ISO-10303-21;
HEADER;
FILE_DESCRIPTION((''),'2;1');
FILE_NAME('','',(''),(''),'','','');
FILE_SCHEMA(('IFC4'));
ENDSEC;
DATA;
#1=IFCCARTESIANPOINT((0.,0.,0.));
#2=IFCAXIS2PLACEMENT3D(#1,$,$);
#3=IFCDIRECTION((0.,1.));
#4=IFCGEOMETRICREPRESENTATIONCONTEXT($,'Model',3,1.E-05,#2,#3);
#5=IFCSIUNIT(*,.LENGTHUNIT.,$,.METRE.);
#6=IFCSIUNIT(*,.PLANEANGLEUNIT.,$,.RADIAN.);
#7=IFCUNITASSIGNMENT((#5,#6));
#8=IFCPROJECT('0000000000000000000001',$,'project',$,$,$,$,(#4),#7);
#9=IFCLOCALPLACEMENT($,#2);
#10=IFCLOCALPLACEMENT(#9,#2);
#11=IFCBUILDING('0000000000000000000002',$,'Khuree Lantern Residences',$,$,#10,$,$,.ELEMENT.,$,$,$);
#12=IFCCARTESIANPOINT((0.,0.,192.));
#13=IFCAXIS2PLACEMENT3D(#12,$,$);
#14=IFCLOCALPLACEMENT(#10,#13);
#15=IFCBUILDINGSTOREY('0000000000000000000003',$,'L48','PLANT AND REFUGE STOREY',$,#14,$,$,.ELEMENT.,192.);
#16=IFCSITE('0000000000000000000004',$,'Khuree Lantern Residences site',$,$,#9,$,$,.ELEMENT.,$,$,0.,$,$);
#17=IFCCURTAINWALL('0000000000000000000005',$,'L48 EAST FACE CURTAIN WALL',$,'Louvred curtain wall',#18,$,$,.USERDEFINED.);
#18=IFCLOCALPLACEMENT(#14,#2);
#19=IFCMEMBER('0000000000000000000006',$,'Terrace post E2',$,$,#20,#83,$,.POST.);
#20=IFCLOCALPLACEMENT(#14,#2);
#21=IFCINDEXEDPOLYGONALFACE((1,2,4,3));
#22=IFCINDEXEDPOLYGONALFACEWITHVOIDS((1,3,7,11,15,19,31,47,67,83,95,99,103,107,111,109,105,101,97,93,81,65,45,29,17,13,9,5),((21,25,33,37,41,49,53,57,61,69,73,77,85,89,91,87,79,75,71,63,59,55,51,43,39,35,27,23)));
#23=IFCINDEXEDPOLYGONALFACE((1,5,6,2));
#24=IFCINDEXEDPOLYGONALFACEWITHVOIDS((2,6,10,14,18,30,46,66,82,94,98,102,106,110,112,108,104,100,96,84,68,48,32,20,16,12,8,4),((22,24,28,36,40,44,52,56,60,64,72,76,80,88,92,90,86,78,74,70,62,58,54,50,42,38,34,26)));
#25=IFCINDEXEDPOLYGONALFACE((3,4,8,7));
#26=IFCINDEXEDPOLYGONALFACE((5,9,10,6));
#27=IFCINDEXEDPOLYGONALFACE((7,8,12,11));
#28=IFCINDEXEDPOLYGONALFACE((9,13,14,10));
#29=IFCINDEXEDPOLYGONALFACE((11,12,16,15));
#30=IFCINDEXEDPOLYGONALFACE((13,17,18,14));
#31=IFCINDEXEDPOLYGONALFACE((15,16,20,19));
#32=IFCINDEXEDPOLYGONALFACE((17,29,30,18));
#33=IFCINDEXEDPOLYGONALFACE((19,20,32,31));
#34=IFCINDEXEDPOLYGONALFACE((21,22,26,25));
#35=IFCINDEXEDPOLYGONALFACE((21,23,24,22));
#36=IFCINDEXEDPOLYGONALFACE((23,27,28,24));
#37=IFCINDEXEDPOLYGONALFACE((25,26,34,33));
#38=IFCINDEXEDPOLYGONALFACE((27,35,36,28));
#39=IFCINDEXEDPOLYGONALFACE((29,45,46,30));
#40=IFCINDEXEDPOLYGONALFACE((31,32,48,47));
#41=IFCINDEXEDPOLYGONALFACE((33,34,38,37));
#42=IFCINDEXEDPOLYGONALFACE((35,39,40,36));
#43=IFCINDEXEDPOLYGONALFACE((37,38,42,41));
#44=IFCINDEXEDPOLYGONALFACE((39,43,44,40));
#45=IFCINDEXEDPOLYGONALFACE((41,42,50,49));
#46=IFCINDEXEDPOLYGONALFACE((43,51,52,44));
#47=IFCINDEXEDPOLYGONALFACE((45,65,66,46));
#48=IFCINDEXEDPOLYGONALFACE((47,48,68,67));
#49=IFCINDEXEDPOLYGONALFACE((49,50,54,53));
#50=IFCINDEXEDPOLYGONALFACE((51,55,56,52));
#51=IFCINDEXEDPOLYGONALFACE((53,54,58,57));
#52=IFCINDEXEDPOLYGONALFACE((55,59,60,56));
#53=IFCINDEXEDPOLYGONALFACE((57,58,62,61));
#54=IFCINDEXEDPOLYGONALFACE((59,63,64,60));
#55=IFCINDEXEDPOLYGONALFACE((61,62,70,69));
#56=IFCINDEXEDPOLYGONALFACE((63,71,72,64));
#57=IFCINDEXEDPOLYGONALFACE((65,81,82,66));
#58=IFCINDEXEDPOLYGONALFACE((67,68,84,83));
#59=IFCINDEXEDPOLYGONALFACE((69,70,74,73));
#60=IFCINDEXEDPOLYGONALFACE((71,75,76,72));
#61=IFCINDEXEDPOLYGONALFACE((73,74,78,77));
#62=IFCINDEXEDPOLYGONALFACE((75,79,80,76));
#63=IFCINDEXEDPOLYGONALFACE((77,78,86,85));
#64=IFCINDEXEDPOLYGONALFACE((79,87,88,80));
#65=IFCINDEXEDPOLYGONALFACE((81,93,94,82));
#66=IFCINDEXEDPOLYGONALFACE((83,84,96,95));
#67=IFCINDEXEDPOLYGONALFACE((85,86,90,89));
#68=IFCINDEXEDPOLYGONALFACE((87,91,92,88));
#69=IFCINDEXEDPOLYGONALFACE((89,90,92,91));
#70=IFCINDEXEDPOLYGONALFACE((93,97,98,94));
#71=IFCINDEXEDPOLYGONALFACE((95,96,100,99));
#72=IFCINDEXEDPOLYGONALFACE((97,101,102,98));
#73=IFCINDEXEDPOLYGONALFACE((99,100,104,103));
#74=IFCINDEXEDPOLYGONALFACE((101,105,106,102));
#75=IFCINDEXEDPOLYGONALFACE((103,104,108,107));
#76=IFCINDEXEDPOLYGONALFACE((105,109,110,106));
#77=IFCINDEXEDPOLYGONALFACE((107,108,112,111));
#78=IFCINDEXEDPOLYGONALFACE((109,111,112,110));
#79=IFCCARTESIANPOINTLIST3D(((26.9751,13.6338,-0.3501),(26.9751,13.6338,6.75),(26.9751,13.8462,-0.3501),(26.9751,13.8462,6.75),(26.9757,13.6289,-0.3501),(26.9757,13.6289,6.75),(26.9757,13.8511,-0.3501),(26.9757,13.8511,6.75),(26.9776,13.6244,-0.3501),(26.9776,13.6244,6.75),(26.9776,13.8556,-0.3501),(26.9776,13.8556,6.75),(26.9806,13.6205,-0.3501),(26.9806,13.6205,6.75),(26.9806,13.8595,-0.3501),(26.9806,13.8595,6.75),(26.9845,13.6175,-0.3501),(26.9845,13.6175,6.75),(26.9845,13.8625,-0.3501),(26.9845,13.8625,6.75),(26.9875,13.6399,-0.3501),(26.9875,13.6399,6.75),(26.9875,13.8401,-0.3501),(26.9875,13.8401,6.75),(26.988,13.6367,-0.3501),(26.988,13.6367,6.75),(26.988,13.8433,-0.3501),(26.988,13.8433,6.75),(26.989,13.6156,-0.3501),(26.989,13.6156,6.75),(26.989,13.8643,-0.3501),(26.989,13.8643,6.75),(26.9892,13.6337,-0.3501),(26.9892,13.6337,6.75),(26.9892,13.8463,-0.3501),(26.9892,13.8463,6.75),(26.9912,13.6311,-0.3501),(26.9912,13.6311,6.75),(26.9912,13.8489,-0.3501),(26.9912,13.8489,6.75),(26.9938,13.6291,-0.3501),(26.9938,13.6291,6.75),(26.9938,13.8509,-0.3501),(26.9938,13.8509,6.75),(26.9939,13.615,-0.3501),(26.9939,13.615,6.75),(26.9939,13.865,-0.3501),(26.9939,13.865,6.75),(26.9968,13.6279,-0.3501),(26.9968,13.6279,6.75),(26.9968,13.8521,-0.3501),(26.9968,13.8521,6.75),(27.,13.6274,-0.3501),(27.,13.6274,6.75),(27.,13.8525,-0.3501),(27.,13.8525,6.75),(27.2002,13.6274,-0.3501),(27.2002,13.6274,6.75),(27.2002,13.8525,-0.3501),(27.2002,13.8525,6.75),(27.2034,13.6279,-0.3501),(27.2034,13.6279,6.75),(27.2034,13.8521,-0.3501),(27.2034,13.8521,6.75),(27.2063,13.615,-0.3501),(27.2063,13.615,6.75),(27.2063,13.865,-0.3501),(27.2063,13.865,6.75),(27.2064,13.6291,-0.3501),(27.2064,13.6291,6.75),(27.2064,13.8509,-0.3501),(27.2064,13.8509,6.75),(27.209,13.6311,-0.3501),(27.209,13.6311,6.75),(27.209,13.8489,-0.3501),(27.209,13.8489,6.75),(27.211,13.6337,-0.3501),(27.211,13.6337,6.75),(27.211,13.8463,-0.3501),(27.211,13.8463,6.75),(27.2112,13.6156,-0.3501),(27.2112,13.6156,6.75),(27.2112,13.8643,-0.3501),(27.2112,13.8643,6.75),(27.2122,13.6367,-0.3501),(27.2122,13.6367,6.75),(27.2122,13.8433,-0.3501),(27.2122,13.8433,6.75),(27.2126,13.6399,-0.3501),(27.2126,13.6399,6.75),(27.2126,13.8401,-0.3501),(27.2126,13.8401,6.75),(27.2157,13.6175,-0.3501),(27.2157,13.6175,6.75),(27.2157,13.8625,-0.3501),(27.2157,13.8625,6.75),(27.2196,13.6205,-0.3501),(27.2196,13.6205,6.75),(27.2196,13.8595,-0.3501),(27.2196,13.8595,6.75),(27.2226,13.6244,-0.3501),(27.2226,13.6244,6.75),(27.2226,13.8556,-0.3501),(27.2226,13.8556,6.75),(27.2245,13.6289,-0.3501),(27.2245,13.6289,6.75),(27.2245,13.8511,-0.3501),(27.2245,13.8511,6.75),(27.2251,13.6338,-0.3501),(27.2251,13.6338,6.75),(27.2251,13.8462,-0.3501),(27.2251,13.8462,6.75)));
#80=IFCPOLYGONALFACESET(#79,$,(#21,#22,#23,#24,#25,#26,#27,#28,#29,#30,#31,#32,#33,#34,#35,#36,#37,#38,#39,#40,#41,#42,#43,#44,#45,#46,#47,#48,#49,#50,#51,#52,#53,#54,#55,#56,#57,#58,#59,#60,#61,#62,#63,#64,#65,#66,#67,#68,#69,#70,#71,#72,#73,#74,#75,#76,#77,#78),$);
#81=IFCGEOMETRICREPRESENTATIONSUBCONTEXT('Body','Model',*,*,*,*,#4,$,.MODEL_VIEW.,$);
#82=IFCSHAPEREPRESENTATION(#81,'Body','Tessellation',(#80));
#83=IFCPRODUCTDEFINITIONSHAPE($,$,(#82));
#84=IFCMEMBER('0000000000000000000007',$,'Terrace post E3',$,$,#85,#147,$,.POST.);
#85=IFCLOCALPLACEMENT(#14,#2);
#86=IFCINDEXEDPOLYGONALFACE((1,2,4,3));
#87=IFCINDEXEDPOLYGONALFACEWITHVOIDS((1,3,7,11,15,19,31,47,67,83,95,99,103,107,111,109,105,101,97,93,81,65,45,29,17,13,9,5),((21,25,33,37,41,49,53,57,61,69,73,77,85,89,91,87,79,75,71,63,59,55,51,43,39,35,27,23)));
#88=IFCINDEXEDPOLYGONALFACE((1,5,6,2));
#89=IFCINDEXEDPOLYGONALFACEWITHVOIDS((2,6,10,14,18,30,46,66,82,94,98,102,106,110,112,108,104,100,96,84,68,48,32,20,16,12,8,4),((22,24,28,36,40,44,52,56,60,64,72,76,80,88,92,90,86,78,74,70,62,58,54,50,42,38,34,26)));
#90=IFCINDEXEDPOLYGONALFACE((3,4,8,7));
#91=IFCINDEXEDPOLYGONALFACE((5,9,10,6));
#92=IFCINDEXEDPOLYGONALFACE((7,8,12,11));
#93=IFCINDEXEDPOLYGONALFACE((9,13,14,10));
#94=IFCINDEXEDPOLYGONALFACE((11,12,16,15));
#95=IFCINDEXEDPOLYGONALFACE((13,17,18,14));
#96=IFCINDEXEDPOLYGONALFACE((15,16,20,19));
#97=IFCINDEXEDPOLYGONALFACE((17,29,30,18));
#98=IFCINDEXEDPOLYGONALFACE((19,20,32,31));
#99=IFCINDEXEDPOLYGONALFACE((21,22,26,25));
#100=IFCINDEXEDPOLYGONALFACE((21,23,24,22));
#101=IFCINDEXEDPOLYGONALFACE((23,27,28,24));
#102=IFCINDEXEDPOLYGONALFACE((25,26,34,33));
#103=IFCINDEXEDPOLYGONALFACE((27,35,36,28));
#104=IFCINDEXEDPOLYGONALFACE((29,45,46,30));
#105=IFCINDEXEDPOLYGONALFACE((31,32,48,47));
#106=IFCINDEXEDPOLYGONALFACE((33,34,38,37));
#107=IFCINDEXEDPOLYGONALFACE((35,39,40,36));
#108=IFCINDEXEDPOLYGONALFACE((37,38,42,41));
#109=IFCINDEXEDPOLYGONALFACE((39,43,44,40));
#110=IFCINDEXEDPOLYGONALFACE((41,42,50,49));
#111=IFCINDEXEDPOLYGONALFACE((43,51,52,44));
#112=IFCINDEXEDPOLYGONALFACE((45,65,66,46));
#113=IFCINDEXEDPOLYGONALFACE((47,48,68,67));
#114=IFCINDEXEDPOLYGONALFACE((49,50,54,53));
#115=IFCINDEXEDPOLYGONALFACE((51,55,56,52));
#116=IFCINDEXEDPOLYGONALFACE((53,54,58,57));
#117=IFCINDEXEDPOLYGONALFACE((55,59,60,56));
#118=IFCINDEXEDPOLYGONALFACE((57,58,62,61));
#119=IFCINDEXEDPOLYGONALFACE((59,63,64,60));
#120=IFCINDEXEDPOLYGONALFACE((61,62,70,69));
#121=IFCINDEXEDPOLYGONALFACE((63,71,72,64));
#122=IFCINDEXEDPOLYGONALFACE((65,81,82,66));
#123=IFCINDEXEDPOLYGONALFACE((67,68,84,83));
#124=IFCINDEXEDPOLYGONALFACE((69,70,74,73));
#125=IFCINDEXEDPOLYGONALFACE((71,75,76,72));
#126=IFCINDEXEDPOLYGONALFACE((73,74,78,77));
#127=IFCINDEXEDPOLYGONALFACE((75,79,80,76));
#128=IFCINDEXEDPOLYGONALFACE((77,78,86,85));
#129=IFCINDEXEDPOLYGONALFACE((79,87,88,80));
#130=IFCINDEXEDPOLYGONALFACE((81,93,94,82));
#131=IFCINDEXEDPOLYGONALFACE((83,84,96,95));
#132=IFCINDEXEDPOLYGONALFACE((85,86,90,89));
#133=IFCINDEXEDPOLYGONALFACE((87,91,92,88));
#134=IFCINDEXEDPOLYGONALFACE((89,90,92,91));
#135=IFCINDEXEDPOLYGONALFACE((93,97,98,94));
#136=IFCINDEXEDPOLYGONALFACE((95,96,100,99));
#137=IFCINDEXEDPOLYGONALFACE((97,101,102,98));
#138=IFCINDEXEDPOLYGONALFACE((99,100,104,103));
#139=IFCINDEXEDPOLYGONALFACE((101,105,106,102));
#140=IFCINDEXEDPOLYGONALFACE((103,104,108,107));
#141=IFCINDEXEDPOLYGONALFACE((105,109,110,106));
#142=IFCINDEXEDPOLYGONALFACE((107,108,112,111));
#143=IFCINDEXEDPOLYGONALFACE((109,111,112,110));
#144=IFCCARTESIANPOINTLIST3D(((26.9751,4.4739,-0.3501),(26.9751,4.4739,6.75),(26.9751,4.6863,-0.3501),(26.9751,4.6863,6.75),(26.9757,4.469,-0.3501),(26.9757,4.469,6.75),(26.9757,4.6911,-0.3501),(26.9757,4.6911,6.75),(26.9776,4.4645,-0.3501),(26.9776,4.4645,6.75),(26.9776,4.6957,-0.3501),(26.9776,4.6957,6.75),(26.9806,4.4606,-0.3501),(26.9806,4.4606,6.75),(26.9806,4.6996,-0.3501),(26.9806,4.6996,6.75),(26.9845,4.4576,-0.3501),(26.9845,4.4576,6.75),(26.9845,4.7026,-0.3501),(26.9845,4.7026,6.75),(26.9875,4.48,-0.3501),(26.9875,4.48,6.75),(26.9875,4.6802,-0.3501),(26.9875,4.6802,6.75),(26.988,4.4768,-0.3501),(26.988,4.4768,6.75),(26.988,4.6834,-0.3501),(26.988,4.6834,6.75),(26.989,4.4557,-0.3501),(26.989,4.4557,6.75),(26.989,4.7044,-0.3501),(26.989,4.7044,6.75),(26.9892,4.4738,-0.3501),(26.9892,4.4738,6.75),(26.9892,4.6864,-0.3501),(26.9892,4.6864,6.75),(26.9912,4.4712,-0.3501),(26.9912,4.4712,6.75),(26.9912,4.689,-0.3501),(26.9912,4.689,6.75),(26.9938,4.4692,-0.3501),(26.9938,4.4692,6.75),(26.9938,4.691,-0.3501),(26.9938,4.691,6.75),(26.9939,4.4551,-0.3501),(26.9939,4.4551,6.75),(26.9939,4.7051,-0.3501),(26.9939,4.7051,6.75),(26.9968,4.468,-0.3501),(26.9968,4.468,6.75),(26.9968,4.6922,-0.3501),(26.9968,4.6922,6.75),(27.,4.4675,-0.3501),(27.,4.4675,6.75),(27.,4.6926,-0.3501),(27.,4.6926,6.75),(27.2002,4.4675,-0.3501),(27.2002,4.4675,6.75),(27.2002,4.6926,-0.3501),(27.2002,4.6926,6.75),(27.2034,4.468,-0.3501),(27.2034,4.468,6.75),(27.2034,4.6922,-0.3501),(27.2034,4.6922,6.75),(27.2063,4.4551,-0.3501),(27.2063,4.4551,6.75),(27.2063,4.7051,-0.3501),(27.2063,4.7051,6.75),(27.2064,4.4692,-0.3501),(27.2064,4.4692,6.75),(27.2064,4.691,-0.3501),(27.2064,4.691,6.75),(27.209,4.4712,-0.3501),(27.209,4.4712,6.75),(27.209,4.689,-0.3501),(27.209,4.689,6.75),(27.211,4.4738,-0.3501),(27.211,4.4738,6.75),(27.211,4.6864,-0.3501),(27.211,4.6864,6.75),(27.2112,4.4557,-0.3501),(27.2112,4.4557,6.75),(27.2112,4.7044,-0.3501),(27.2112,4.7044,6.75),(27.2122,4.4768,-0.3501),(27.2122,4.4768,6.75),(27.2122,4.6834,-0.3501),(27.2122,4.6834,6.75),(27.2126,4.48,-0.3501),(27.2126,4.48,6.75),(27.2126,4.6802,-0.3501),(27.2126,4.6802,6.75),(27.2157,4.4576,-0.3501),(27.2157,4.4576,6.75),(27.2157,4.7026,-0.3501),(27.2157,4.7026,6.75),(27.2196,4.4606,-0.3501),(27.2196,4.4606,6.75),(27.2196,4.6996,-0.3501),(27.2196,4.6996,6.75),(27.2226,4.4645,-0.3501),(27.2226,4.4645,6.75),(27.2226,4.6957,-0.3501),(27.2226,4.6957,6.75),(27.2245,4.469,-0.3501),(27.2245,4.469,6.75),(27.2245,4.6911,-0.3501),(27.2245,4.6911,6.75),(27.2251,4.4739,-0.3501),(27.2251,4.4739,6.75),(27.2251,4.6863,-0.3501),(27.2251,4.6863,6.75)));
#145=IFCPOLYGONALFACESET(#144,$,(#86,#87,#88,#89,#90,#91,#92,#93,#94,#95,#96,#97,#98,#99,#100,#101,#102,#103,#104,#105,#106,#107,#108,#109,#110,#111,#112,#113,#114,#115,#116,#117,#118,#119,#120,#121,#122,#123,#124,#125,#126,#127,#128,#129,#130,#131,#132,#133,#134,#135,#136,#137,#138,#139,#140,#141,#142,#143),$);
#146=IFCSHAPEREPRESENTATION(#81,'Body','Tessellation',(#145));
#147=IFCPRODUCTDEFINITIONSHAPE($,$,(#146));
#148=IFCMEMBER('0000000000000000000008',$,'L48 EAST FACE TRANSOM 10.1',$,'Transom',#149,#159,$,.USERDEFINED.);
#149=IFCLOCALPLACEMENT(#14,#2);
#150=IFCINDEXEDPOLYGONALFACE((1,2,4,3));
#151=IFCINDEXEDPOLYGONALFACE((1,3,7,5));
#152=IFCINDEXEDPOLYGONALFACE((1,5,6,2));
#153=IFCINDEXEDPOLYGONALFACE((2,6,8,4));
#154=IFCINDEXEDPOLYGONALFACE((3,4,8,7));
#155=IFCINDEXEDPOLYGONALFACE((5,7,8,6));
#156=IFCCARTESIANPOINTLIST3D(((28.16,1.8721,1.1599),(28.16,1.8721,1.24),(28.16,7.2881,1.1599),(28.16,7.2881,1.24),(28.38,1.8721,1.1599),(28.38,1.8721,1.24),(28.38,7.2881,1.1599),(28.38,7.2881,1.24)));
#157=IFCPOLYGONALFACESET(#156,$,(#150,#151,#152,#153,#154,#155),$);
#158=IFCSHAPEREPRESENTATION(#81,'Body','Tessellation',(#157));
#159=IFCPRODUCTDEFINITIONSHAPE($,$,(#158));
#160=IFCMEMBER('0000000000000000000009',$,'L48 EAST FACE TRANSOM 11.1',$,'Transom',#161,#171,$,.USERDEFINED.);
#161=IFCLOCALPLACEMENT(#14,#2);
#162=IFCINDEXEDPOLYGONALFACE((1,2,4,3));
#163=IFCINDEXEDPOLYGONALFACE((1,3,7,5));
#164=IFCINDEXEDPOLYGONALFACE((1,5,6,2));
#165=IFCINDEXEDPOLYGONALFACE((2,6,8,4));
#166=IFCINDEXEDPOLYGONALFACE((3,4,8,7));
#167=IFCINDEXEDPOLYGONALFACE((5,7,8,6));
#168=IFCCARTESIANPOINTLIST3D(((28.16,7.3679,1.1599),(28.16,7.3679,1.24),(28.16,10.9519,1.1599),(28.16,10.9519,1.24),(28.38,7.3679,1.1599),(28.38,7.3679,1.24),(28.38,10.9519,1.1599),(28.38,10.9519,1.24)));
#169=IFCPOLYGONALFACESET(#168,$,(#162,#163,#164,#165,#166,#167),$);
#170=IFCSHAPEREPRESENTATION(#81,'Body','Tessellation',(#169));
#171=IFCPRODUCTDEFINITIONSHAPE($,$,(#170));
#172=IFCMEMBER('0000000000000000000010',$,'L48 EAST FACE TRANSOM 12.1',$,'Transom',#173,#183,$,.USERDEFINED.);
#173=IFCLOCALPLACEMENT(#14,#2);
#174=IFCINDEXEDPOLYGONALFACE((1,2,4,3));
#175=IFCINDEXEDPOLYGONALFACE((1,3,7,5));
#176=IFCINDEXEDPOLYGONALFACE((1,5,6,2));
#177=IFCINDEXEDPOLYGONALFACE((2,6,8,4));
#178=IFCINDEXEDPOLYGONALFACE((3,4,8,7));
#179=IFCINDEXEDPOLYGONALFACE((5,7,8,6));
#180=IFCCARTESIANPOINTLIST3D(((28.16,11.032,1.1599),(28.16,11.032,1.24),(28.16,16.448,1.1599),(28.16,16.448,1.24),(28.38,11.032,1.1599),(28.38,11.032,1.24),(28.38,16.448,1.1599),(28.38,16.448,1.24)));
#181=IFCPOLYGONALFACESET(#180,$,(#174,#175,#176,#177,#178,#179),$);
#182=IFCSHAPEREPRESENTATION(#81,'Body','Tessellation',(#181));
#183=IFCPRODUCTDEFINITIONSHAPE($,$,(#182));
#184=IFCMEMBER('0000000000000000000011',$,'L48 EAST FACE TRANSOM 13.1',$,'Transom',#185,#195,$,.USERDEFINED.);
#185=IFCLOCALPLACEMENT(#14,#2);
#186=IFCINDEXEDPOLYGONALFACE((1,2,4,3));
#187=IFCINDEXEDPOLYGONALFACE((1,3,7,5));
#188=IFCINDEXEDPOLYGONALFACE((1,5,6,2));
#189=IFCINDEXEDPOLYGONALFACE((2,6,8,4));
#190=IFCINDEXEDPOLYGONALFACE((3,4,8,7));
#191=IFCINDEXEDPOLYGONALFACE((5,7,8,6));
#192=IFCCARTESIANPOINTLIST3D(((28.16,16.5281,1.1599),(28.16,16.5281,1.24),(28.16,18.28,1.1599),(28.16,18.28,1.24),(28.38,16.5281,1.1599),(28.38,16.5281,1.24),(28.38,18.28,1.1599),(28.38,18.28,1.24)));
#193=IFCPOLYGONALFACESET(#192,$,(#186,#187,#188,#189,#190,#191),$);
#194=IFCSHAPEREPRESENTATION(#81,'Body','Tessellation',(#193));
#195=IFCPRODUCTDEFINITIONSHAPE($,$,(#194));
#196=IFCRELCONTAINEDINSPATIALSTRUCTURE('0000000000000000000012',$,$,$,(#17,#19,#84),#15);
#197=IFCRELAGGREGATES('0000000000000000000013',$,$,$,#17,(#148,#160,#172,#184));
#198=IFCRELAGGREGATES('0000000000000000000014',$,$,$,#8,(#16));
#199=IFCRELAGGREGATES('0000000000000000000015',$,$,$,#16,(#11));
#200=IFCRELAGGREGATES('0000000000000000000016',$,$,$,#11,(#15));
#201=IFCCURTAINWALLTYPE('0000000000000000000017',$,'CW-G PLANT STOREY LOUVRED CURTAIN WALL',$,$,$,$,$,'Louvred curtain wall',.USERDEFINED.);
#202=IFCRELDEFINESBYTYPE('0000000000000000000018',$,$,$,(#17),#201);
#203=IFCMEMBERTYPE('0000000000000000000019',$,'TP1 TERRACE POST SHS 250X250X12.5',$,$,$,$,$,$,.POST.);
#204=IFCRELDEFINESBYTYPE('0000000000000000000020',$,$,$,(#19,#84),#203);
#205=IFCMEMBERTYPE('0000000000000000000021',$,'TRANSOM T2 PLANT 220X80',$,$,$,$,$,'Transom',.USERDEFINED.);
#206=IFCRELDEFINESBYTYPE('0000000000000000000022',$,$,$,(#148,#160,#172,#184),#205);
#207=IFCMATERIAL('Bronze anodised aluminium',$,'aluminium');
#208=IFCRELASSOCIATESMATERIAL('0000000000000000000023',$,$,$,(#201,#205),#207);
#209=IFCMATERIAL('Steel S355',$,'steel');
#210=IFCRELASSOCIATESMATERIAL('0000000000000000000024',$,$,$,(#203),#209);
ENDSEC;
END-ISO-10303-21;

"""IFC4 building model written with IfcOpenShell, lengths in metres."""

from ifc_helpers import new_model, si_unit, direction, frame, origin, origin_2d, place, context, subcontext, project, spatial, rectangle, hollow_rectangle, extrude, material, material_profile, profile_set, type_object, element, aggregate, save


model = new_model("IFC4")

# Units and contexts
model_context = context("Model", 3, precision=1e-05, world=origin(), true_north=direction((0.0, 1.0)))
body_context = subcontext(model_context, "Body", "Model", "MODEL_VIEW")
ifc_project = project(units=[si_unit("LENGTHUNIT", "METRE"), si_unit("PLANEANGLEUNIT", "RADIAN")], contexts=[model_context])

# Site, building, storey
site_placement = place(None, origin())
site = spatial("IfcSite", under=ifc_project, at=site_placement, Name="Khuree Lantern Residences site", CompositionType="ELEMENT", RefElevation=0.0)
building_placement = place(site_placement, origin())
building = spatial("IfcBuilding", under=site, at=building_placement, Name="Khuree Lantern Residences", CompositionType="ELEMENT")
storey_placement = place(building_placement, frame((0.0, 0.0, 192.0)))
storey = spatial("IfcBuildingStorey", under=building, at=storey_placement, Name="L48", Description="PLANT AND REFUGE STOREY", CompositionType="ELEMENT", Elevation=192.0)

# Shared definitions
ifc_material_1 = material(Name="Steel S355", Category="steel")

# Curtain wall
ifc_material_2 = material(Name="Bronze anodised aluminium", Category="aluminium")
curtain_wall_type = type_object("IfcCurtainWallType", Name="CW-G PLANT STOREY LOUVRED CURTAIN WALL", ElementType="Louvred curtain wall", PredefinedType="USERDEFINED", material=ifc_material_2)
curtain_wall_placement = place(storey_placement, origin())
curtain_wall = element("IfcCurtainWall", 1, at=curtain_wall_placement, inside=storey, type_object=curtain_wall_type, Name="L48 EAST FACE CURTAIN WALL", ObjectType="Louvred curtain wall", PredefinedType="USERDEFINED")

# Members
ifc_material_profile_1 = material_profile(ifc_material_1, hollow_rectangle(XDim=0.25, YDim=0.25, WallThickness=0.0125, InnerFilletRadius=0.0125, OuterFilletRadius=0.0188, at=origin_2d()), Name="SHS 250X250X12.5")
ifc_profile_set_1 = profile_set([ifc_material_profile_1], Name="Steel S355")
member_type_1 = type_object("IfcMemberType", Name="TP1 TERRACE POST SHS 250X250X12.5", PredefinedType="POST", material=ifc_profile_set_1)
for number, where, z_axis, x_axis, name in (
    (2, (27.1001, 13.74, -0.3501), (0.0, 0.0, 1.0), (1.0, 0.0, 0.0), "Terrace post E2"),
    (3, (27.1001, 4.5801, -0.3501), (0.0, 0.0, 1.0), (1.0, 0.0, 0.0), "Terrace post E3"),
):
    element("IfcMember", number, at=place(storey_placement, frame(where, z_axis=z_axis, x_axis=x_axis)), inside=storey, type_object=member_type_1, Name=name, PredefinedType="POST", context=body_context, shape_type="SweptSolid", body=[
        extrude(hollow_rectangle(XDim=0.25, YDim=0.25, WallThickness=0.0125, InnerFilletRadius=0.0125, OuterFilletRadius=0.0188, at=origin_2d()), origin(), (0.0, 0.0, 1.0), 7.1001),
    ])

# Members
ifc_material_profile_2 = material_profile(ifc_material_2, rectangle(XDim=0.22, YDim=0.0801, at=origin_2d()), Name="T2 220X80")
ifc_profile_set_2 = profile_set([ifc_material_profile_2], Name="Bronze anodised aluminium")
member_type_2 = type_object("IfcMemberType", Name="TRANSOM T2 PLANT 220X80", ElementType="Transom", PredefinedType="USERDEFINED", material=ifc_profile_set_2)
member_1_placement = place(storey_placement, frame((28.27, 1.8721, 1.2), z_axis=(0.0, 1.0, 0.0), x_axis=(-1.0, 0.0, 0.0)))
member_1 = element("IfcMember", 4, at=member_1_placement, type_object=member_type_2, Name="L48 EAST FACE TRANSOM 10.1", ObjectType="Transom", PredefinedType="USERDEFINED", context=body_context, shape_type="SweptSolid", body=[
    extrude(rectangle(XDim=0.22, YDim=0.0801, at=origin_2d()), origin(), (0.0, 0.0, 1.0), 5.416),
])
member_2_placement = place(storey_placement, frame((28.27, 7.3679, 1.2), z_axis=(0.0, 1.0, 0.0), x_axis=(-1.0, 0.0, 0.0)))
member_2 = element("IfcMember", 5, at=member_2_placement, type_object=member_type_2, Name="L48 EAST FACE TRANSOM 11.1", ObjectType="Transom", PredefinedType="USERDEFINED", context=body_context, shape_type="SweptSolid", body=[
    extrude(rectangle(XDim=0.22, YDim=0.0801, at=origin_2d()), origin(), (0.0, 0.0, 1.0), 3.584),
])
member_3_placement = place(storey_placement, frame((28.27, 11.032, 1.2), z_axis=(0.0, 1.0, 0.0), x_axis=(-1.0, 0.0, 0.0)))
member_3 = element("IfcMember", 6, at=member_3_placement, type_object=member_type_2, Name="L48 EAST FACE TRANSOM 12.1", ObjectType="Transom", PredefinedType="USERDEFINED", context=body_context, shape_type="SweptSolid", body=[
    extrude(rectangle(XDim=0.22, YDim=0.0801, at=origin_2d()), origin(), (0.0, 0.0, 1.0), 5.416),
])
member_4_placement = place(storey_placement, frame((28.27, 16.5281, 1.2), z_axis=(0.0, 1.0, 0.0), x_axis=(-1.0, 0.0, 0.0)))
member_4 = element("IfcMember", 7, at=member_4_placement, type_object=member_type_2, Name="L48 EAST FACE TRANSOM 13.1", ObjectType="Transom", PredefinedType="USERDEFINED", context=body_context, shape_type="SweptSolid", body=[
    extrude(rectangle(XDim=0.22, YDim=0.0801, at=origin_2d()), origin(), (0.0, 0.0, 1.0), 1.752),
])

aggregate(curtain_wall, [member_1, member_2, member_3, member_4])

save(model, "model.ifc")
